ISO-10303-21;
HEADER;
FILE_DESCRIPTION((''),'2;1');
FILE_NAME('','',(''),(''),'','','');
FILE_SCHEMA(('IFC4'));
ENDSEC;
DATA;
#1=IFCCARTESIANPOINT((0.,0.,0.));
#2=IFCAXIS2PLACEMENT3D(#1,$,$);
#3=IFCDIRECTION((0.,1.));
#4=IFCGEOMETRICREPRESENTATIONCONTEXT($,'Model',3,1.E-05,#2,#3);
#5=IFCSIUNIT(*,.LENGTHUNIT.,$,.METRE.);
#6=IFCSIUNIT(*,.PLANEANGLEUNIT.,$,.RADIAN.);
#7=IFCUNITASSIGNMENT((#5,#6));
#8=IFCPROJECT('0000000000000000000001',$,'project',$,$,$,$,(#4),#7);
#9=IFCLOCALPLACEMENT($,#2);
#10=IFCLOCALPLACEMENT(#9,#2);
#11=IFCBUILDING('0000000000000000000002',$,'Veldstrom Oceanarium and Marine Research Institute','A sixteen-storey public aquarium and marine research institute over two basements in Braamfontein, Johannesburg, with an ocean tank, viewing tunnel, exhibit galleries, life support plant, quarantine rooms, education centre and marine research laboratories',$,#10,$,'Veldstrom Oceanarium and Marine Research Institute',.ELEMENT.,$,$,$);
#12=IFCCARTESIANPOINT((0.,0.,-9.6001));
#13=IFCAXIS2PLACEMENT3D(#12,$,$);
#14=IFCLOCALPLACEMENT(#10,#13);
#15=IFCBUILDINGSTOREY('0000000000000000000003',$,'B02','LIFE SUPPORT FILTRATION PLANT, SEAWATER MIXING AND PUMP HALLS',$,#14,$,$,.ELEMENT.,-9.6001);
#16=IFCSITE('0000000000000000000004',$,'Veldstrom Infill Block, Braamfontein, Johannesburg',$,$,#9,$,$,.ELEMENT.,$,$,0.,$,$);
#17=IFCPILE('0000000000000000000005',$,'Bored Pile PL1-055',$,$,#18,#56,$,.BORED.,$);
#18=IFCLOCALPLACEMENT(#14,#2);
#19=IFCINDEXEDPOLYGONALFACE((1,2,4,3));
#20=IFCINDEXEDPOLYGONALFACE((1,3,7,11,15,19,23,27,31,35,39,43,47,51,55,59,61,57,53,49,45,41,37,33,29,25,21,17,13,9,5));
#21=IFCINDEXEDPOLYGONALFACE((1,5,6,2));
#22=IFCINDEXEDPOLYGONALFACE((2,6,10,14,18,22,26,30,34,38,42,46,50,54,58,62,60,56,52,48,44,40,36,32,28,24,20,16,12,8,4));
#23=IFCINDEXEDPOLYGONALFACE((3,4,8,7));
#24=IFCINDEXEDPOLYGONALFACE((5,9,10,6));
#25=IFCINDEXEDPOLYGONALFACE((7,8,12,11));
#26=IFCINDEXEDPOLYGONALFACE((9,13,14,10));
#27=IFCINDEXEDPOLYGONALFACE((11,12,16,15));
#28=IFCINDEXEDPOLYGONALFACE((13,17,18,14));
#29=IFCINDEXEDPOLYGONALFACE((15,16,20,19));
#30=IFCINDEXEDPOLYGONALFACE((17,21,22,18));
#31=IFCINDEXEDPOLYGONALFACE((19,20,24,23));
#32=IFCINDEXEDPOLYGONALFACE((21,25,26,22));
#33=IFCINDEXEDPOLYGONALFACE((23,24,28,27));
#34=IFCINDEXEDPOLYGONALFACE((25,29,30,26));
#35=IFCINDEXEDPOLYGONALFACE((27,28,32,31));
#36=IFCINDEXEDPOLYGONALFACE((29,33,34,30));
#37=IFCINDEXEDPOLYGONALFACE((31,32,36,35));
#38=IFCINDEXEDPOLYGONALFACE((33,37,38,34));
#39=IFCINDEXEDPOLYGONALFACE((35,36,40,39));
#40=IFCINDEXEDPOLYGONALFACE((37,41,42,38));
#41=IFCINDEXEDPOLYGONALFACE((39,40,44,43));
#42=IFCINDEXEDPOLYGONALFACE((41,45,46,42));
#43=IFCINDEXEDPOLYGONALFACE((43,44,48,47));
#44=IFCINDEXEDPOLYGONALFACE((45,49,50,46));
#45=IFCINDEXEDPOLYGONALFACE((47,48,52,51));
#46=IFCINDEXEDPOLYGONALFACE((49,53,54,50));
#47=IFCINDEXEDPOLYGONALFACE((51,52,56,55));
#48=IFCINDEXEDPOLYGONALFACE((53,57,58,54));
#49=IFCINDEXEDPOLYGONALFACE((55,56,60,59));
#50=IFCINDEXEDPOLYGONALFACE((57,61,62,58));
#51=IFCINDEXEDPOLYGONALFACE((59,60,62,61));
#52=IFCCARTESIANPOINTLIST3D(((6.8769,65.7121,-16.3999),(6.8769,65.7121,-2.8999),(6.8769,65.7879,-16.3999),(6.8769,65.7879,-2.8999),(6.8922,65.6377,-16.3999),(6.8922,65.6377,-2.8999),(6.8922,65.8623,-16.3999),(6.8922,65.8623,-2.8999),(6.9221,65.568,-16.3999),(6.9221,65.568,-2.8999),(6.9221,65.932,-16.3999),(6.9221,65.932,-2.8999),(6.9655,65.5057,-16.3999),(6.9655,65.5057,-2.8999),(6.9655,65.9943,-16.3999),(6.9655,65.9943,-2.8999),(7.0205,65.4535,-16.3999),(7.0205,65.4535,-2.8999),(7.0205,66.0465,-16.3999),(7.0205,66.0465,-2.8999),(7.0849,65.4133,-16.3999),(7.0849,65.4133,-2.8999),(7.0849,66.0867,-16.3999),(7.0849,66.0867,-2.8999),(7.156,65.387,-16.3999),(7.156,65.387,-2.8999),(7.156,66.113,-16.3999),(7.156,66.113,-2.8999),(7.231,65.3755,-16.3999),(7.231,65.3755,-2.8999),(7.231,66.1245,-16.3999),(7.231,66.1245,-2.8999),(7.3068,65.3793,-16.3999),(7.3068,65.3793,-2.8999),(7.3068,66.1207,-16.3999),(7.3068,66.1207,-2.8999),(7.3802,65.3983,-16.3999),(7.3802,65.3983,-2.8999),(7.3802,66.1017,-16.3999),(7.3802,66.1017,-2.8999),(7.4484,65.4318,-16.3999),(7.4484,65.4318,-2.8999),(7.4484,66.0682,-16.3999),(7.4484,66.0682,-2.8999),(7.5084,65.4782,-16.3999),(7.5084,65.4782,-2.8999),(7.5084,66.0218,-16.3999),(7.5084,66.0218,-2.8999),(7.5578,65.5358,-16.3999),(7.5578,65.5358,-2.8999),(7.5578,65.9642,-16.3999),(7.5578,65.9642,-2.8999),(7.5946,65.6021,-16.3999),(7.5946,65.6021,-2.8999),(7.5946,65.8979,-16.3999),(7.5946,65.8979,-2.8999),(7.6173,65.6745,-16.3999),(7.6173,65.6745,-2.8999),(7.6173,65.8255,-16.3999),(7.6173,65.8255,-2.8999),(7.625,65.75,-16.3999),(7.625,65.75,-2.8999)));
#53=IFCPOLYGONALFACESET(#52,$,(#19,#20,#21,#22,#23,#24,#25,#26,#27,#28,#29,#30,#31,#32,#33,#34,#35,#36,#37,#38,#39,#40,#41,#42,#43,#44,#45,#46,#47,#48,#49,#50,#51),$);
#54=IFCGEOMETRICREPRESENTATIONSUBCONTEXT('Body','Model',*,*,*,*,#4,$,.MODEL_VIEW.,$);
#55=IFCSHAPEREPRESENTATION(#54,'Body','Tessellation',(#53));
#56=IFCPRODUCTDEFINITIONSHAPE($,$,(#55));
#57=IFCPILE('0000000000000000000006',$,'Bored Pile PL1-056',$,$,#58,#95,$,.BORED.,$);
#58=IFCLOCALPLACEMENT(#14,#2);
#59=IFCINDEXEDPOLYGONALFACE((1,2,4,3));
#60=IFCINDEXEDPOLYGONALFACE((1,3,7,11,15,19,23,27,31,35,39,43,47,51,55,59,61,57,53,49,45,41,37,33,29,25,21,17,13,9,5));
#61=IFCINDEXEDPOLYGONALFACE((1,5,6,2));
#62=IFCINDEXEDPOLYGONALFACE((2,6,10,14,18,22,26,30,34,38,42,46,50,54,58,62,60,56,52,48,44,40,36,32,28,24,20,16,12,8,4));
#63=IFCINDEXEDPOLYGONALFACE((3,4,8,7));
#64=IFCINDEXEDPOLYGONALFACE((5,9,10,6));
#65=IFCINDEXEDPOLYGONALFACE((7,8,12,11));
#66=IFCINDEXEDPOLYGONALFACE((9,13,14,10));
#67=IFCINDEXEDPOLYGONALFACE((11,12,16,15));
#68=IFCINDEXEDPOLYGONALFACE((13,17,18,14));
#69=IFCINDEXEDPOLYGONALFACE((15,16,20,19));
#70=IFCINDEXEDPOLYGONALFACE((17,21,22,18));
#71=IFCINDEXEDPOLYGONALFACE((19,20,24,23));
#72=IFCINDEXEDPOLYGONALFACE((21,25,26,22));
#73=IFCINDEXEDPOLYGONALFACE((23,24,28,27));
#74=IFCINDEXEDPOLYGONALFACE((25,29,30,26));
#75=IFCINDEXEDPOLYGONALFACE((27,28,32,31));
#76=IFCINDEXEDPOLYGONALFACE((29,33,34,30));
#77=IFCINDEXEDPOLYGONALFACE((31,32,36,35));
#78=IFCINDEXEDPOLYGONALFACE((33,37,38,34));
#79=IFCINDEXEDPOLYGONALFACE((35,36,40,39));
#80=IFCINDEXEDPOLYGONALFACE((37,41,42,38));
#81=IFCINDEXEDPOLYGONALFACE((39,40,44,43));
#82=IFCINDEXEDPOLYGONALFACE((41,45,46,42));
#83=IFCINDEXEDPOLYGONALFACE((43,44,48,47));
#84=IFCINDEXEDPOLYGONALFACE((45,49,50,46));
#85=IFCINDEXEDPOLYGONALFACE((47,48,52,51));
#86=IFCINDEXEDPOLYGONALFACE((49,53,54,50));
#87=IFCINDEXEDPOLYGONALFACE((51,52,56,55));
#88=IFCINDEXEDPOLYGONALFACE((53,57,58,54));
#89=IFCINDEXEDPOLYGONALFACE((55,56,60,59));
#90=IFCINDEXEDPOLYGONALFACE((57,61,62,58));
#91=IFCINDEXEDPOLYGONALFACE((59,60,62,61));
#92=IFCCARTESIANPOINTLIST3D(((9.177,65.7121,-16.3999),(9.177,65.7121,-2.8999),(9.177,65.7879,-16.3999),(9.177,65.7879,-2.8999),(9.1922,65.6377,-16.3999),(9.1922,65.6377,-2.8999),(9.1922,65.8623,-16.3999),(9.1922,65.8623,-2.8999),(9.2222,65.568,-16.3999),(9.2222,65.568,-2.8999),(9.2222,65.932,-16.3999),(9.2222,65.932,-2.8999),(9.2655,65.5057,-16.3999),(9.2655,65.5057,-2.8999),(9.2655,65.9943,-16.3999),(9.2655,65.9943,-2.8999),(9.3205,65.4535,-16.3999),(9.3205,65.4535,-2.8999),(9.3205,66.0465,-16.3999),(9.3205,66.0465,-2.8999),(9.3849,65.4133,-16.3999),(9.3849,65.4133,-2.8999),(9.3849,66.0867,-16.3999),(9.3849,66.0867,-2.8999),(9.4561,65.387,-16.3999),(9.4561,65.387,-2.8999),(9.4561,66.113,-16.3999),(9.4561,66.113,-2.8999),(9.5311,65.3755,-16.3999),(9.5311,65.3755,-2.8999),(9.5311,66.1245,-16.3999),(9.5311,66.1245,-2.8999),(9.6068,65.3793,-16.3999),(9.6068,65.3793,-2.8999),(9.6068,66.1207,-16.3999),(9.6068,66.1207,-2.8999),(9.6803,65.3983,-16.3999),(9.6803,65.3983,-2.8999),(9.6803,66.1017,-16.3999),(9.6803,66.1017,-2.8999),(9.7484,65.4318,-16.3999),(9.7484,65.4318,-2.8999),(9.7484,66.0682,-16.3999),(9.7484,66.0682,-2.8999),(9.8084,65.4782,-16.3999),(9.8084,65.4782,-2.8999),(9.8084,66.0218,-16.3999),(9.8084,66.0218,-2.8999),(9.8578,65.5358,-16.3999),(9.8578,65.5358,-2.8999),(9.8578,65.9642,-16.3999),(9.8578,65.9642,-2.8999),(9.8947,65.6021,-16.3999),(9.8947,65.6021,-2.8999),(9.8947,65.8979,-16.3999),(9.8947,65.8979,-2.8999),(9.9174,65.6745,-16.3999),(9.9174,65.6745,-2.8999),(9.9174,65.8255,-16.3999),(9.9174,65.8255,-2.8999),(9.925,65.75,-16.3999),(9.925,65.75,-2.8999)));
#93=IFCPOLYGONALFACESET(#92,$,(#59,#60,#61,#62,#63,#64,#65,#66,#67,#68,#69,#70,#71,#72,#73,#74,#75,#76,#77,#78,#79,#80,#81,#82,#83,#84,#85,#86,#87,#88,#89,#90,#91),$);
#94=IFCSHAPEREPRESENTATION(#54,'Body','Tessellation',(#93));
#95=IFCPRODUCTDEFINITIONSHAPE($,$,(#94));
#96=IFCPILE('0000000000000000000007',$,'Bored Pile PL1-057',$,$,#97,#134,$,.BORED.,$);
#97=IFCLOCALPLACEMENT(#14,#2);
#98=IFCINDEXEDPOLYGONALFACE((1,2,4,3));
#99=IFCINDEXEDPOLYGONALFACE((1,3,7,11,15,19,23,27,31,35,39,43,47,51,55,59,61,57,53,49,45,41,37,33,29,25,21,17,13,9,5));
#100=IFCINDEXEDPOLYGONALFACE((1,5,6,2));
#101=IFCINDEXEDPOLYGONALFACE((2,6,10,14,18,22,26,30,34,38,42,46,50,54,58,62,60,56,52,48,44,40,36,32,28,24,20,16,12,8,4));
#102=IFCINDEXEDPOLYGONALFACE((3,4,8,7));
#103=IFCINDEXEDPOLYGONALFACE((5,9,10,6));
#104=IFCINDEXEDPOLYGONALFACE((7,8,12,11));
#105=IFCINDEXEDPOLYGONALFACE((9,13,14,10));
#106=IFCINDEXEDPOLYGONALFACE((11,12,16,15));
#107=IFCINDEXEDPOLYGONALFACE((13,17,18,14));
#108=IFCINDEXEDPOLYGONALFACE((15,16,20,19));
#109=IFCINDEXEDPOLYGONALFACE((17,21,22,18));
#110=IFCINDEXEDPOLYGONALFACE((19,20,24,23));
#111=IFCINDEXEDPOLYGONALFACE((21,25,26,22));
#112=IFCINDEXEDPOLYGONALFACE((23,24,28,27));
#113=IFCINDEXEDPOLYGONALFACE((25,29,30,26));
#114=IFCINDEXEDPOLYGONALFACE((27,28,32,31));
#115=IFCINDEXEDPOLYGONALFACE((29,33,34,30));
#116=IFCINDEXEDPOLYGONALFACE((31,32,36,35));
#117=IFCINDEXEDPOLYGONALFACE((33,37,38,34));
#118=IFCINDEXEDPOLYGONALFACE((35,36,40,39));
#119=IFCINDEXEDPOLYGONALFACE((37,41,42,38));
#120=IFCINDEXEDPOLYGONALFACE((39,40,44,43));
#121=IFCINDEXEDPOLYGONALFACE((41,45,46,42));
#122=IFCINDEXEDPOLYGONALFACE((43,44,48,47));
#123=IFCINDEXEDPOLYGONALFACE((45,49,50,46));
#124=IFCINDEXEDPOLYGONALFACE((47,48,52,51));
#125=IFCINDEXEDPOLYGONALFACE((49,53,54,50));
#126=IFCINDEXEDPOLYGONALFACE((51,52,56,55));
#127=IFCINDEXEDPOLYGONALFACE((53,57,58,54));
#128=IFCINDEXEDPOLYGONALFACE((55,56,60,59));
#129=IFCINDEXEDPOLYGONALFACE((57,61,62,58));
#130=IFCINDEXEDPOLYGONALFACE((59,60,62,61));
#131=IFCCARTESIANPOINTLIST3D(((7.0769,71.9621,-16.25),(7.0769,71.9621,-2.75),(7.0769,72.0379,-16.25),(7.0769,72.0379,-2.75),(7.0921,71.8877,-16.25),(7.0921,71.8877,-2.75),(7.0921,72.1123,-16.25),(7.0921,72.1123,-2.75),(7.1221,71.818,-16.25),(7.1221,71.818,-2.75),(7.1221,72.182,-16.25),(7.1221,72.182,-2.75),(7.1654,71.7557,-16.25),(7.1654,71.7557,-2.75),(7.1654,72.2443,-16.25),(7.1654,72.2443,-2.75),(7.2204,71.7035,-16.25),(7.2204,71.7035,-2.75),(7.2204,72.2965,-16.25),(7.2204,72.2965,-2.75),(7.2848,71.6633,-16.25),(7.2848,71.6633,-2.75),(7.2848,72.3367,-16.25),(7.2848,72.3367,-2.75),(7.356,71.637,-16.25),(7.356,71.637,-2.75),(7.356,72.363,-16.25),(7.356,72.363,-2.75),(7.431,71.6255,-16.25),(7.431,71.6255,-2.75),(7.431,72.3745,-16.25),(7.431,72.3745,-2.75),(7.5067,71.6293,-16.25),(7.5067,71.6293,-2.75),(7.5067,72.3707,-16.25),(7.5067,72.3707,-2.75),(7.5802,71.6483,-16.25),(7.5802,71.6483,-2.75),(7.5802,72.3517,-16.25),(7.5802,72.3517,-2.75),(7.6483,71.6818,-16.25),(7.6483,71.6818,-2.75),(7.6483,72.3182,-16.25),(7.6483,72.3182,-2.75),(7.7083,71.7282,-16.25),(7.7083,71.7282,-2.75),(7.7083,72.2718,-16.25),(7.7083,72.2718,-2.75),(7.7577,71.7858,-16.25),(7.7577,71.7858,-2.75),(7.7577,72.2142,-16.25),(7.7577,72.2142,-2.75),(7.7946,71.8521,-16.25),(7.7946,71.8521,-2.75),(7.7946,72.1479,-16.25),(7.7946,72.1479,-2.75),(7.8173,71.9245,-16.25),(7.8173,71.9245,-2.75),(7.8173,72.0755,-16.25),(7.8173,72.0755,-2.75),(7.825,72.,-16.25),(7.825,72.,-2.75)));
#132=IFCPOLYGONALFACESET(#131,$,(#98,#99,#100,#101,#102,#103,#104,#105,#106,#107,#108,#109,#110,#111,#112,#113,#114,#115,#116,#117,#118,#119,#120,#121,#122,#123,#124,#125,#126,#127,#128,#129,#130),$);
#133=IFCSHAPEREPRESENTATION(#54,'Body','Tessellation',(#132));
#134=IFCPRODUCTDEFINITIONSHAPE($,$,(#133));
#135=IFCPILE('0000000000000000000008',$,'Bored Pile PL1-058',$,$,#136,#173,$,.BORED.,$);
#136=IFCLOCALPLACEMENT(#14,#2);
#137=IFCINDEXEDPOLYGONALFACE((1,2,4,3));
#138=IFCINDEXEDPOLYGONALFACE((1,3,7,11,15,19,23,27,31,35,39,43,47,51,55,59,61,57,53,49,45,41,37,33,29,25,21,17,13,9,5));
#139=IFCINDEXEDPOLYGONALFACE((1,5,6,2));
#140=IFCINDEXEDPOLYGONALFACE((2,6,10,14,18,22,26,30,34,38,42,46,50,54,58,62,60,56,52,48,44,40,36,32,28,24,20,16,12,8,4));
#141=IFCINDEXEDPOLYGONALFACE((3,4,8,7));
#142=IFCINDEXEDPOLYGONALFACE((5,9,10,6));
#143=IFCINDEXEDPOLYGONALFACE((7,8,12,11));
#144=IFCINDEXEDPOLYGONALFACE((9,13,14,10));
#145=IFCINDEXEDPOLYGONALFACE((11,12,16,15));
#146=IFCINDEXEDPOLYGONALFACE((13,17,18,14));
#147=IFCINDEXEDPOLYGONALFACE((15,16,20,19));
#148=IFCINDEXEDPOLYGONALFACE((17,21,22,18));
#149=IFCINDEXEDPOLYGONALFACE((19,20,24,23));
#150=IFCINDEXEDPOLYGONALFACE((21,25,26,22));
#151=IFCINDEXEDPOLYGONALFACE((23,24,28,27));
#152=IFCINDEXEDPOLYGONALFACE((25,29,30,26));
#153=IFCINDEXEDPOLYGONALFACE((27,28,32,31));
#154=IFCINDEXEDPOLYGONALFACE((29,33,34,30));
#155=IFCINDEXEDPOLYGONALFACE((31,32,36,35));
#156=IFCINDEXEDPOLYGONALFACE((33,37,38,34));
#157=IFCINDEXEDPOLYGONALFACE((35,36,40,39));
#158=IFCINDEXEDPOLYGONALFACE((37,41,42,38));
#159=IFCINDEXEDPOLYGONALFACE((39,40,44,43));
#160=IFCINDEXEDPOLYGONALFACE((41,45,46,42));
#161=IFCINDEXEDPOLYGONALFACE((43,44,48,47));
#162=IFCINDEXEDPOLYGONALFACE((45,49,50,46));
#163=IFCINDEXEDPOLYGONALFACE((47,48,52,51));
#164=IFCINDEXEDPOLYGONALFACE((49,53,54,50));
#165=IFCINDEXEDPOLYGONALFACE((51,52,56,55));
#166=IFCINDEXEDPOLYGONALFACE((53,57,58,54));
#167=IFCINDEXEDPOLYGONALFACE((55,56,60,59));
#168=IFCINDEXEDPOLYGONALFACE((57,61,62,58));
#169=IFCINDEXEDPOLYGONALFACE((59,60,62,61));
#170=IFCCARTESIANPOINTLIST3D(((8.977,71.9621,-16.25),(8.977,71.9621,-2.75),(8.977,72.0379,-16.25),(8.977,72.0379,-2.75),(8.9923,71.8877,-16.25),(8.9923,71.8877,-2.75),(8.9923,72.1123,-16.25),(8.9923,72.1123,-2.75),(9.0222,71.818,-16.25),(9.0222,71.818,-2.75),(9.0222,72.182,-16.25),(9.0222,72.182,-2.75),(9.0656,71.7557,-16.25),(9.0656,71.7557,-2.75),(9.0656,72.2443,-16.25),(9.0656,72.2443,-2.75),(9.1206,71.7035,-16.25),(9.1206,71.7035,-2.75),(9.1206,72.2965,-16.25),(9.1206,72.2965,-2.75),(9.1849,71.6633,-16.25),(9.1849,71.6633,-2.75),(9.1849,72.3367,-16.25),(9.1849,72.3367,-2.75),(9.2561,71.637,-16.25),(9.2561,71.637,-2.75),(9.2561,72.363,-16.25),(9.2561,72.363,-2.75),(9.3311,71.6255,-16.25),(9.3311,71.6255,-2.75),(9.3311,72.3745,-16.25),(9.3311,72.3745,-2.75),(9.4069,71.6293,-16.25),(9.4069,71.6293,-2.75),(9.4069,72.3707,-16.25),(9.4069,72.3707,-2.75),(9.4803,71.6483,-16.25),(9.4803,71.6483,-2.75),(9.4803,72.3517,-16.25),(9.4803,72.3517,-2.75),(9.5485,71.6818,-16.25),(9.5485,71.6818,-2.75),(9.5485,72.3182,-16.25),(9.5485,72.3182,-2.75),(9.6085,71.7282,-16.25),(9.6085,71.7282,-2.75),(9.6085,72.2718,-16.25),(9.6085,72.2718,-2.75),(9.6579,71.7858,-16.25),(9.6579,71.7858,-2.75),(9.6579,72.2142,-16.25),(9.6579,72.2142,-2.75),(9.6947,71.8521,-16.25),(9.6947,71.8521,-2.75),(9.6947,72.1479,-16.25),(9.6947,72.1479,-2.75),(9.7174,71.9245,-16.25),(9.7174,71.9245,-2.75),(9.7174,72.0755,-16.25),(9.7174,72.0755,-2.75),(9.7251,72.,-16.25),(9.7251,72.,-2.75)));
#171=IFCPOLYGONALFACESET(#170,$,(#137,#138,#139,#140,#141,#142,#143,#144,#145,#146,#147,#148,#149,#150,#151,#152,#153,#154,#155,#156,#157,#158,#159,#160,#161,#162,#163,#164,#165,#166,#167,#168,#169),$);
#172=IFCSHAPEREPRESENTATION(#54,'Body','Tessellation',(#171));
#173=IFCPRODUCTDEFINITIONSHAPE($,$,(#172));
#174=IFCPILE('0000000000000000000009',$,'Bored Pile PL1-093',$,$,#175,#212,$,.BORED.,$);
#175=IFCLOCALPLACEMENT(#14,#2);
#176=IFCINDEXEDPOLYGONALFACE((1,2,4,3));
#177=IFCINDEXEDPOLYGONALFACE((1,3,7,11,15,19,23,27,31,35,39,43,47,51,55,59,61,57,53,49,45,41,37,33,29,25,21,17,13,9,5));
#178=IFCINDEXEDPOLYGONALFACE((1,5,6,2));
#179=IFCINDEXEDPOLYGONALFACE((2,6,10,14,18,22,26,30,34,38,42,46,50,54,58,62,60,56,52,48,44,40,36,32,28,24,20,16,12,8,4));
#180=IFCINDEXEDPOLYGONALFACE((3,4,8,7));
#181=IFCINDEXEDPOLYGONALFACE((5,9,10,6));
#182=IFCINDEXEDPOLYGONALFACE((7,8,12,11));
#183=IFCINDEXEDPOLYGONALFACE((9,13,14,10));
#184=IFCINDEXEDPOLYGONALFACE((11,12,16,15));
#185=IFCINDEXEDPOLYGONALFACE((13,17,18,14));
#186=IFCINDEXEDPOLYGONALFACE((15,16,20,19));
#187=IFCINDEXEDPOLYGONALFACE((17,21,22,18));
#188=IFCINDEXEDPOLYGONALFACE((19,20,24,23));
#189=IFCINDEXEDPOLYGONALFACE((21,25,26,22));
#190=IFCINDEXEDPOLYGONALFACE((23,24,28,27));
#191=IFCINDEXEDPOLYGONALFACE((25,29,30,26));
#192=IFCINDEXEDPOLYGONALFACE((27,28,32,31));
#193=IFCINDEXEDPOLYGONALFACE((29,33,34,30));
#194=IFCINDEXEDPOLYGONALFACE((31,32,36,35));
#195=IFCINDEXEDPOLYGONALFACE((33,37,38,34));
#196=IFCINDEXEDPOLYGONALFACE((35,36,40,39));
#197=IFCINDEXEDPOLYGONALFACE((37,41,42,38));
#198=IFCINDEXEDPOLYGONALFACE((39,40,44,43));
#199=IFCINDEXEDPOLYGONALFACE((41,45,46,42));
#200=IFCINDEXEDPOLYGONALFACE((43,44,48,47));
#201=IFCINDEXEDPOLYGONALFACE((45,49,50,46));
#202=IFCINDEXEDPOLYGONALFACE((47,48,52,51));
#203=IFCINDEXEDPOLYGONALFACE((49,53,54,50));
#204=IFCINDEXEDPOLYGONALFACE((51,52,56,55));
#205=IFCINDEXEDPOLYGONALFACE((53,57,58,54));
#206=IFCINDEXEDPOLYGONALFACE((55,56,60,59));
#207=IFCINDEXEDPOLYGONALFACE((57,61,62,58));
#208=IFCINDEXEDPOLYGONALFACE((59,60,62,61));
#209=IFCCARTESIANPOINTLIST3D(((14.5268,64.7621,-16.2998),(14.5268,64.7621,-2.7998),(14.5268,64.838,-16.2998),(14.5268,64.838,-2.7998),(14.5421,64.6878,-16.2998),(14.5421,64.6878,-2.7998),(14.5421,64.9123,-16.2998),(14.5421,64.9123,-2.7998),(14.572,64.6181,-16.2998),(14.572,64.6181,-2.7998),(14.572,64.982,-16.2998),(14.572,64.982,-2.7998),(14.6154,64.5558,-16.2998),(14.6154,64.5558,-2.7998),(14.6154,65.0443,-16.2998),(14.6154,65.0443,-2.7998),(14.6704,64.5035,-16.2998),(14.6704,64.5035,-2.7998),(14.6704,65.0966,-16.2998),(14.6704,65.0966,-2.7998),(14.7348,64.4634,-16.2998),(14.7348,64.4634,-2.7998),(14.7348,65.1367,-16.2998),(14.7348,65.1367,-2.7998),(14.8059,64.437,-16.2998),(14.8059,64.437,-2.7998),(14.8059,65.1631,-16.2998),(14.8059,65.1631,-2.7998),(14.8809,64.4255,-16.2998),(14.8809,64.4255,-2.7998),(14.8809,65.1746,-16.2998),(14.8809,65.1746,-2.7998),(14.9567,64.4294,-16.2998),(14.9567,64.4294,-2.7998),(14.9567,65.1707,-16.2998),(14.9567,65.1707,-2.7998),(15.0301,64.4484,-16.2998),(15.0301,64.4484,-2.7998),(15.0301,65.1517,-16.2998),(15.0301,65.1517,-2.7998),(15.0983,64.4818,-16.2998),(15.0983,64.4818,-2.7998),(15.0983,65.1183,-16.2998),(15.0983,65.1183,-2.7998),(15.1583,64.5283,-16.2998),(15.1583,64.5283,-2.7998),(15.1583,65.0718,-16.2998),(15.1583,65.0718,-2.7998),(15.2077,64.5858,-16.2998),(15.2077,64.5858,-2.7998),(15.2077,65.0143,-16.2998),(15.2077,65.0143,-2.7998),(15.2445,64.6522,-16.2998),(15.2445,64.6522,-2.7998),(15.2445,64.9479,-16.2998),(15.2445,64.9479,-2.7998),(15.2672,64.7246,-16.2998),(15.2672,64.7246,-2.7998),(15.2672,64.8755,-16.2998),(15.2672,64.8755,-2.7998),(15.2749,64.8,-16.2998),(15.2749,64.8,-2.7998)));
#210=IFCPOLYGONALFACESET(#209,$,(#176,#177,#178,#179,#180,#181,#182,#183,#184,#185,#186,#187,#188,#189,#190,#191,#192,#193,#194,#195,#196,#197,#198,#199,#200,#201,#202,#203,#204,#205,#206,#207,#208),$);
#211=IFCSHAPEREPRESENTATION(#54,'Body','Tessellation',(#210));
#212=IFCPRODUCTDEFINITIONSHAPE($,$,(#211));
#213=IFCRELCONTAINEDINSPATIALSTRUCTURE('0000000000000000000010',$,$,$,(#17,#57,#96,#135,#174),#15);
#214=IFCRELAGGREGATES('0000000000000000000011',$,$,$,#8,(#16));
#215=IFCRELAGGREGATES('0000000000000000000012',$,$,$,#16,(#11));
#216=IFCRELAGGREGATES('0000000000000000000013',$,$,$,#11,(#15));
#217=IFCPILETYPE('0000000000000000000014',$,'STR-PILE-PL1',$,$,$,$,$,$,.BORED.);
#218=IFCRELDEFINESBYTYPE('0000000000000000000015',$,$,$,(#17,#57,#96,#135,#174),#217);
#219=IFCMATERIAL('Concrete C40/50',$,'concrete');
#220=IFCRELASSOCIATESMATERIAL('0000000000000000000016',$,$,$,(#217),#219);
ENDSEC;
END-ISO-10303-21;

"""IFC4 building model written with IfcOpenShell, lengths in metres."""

from ifc_helpers import new_model, si_unit, direction, frame, origin, origin_2d, place, context, subcontext, project, spatial, circle, extrude, material, material_profile, profile_set, type_object, element, save


model = new_model("IFC4")

# Units and contexts
model_context = context("Model", 3, precision=1e-05, world=origin(), true_north=direction((0.0, 1.0)))
body_context = subcontext(model_context, "Body", "Model", "MODEL_VIEW")
ifc_project = project(units=[si_unit("LENGTHUNIT", "METRE"), si_unit("PLANEANGLEUNIT", "RADIAN")], contexts=[model_context])

# Site, building, storey
site_placement = place(None, origin())
site = spatial("IfcSite", under=ifc_project, at=site_placement, Name="Veldstrom Infill Block, Braamfontein, Johannesburg", CompositionType="ELEMENT", RefElevation=0.0)
building_placement = place(site_placement, origin())
building = spatial("IfcBuilding", under=site, at=building_placement, Name="Veldstrom Oceanarium and Marine Research Institute", Description="A sixteen-storey public aquarium and marine research institute over two basements in Braamfontein, Johannesburg, with an ocean tank, viewing tunnel, exhibit galleries, life support plant, quarantine rooms, education centre and marine research laboratories", LongName="Veldstrom Oceanarium and Marine Research Institute", CompositionType="ELEMENT")
storey_placement = place(building_placement, frame((0.0, 0.0, -9.6001)))
storey = spatial("IfcBuildingStorey", under=building, at=storey_placement, Name="B02", Description="LIFE SUPPORT FILTRATION PLANT, SEAWATER MIXING AND PUMP HALLS", CompositionType="ELEMENT", Elevation=-9.6001)

# Piles
ifc_material_1 = material(Name="Concrete C40/50", Category="concrete")
ifc_material_profile_1 = material_profile(ifc_material_1, circle(Radius=0.375, at=origin_2d()), Name="PILE-D750")
ifc_profile_set_1 = profile_set([ifc_material_profile_1], Name="Concrete C40/50")
pile_type = type_object("IfcPileType", Name="STR-PILE-PL1", PredefinedType="BORED", material=ifc_profile_set_1)
for number, where, z_axis, x_axis, name in (
    (1, (7.25, 65.75, -2.8999), (0.0, 0.0, -1.0), (1.0, 0.0, 0.0), "Bored Pile PL1-055"),
    (2, (9.55, 65.75, -2.8999), (0.0, 0.0, -1.0), (1.0, 0.0, 0.0), "Bored Pile PL1-056"),
    (3, (7.45, 72.0, -2.75), (0.0, 0.0, -1.0), (1.0, 0.0, 0.0), "Bored Pile PL1-057"),
    (4, (9.3501, 72.0, -2.75), (0.0, 0.0, -1.0), (1.0, 0.0, 0.0), "Bored Pile PL1-058"),
    (5, (14.8999, 64.8, -2.7998), (0.0, 0.0, -1.0), (1.0, 0.0, 0.0), "Bored Pile PL1-093"),
):
    element("IfcPile", number, at=place(storey_placement, frame(where, z_axis=z_axis, x_axis=x_axis)), inside=storey, type_object=pile_type, Name=name, PredefinedType="BORED", context=body_context, shape_type="SweptSolid", body=[
        extrude(circle(Radius=0.375, at=origin_2d()), origin(), (0.0, 0.0, 1.0), 13.5),
    ])

save(model, "model.ifc")
